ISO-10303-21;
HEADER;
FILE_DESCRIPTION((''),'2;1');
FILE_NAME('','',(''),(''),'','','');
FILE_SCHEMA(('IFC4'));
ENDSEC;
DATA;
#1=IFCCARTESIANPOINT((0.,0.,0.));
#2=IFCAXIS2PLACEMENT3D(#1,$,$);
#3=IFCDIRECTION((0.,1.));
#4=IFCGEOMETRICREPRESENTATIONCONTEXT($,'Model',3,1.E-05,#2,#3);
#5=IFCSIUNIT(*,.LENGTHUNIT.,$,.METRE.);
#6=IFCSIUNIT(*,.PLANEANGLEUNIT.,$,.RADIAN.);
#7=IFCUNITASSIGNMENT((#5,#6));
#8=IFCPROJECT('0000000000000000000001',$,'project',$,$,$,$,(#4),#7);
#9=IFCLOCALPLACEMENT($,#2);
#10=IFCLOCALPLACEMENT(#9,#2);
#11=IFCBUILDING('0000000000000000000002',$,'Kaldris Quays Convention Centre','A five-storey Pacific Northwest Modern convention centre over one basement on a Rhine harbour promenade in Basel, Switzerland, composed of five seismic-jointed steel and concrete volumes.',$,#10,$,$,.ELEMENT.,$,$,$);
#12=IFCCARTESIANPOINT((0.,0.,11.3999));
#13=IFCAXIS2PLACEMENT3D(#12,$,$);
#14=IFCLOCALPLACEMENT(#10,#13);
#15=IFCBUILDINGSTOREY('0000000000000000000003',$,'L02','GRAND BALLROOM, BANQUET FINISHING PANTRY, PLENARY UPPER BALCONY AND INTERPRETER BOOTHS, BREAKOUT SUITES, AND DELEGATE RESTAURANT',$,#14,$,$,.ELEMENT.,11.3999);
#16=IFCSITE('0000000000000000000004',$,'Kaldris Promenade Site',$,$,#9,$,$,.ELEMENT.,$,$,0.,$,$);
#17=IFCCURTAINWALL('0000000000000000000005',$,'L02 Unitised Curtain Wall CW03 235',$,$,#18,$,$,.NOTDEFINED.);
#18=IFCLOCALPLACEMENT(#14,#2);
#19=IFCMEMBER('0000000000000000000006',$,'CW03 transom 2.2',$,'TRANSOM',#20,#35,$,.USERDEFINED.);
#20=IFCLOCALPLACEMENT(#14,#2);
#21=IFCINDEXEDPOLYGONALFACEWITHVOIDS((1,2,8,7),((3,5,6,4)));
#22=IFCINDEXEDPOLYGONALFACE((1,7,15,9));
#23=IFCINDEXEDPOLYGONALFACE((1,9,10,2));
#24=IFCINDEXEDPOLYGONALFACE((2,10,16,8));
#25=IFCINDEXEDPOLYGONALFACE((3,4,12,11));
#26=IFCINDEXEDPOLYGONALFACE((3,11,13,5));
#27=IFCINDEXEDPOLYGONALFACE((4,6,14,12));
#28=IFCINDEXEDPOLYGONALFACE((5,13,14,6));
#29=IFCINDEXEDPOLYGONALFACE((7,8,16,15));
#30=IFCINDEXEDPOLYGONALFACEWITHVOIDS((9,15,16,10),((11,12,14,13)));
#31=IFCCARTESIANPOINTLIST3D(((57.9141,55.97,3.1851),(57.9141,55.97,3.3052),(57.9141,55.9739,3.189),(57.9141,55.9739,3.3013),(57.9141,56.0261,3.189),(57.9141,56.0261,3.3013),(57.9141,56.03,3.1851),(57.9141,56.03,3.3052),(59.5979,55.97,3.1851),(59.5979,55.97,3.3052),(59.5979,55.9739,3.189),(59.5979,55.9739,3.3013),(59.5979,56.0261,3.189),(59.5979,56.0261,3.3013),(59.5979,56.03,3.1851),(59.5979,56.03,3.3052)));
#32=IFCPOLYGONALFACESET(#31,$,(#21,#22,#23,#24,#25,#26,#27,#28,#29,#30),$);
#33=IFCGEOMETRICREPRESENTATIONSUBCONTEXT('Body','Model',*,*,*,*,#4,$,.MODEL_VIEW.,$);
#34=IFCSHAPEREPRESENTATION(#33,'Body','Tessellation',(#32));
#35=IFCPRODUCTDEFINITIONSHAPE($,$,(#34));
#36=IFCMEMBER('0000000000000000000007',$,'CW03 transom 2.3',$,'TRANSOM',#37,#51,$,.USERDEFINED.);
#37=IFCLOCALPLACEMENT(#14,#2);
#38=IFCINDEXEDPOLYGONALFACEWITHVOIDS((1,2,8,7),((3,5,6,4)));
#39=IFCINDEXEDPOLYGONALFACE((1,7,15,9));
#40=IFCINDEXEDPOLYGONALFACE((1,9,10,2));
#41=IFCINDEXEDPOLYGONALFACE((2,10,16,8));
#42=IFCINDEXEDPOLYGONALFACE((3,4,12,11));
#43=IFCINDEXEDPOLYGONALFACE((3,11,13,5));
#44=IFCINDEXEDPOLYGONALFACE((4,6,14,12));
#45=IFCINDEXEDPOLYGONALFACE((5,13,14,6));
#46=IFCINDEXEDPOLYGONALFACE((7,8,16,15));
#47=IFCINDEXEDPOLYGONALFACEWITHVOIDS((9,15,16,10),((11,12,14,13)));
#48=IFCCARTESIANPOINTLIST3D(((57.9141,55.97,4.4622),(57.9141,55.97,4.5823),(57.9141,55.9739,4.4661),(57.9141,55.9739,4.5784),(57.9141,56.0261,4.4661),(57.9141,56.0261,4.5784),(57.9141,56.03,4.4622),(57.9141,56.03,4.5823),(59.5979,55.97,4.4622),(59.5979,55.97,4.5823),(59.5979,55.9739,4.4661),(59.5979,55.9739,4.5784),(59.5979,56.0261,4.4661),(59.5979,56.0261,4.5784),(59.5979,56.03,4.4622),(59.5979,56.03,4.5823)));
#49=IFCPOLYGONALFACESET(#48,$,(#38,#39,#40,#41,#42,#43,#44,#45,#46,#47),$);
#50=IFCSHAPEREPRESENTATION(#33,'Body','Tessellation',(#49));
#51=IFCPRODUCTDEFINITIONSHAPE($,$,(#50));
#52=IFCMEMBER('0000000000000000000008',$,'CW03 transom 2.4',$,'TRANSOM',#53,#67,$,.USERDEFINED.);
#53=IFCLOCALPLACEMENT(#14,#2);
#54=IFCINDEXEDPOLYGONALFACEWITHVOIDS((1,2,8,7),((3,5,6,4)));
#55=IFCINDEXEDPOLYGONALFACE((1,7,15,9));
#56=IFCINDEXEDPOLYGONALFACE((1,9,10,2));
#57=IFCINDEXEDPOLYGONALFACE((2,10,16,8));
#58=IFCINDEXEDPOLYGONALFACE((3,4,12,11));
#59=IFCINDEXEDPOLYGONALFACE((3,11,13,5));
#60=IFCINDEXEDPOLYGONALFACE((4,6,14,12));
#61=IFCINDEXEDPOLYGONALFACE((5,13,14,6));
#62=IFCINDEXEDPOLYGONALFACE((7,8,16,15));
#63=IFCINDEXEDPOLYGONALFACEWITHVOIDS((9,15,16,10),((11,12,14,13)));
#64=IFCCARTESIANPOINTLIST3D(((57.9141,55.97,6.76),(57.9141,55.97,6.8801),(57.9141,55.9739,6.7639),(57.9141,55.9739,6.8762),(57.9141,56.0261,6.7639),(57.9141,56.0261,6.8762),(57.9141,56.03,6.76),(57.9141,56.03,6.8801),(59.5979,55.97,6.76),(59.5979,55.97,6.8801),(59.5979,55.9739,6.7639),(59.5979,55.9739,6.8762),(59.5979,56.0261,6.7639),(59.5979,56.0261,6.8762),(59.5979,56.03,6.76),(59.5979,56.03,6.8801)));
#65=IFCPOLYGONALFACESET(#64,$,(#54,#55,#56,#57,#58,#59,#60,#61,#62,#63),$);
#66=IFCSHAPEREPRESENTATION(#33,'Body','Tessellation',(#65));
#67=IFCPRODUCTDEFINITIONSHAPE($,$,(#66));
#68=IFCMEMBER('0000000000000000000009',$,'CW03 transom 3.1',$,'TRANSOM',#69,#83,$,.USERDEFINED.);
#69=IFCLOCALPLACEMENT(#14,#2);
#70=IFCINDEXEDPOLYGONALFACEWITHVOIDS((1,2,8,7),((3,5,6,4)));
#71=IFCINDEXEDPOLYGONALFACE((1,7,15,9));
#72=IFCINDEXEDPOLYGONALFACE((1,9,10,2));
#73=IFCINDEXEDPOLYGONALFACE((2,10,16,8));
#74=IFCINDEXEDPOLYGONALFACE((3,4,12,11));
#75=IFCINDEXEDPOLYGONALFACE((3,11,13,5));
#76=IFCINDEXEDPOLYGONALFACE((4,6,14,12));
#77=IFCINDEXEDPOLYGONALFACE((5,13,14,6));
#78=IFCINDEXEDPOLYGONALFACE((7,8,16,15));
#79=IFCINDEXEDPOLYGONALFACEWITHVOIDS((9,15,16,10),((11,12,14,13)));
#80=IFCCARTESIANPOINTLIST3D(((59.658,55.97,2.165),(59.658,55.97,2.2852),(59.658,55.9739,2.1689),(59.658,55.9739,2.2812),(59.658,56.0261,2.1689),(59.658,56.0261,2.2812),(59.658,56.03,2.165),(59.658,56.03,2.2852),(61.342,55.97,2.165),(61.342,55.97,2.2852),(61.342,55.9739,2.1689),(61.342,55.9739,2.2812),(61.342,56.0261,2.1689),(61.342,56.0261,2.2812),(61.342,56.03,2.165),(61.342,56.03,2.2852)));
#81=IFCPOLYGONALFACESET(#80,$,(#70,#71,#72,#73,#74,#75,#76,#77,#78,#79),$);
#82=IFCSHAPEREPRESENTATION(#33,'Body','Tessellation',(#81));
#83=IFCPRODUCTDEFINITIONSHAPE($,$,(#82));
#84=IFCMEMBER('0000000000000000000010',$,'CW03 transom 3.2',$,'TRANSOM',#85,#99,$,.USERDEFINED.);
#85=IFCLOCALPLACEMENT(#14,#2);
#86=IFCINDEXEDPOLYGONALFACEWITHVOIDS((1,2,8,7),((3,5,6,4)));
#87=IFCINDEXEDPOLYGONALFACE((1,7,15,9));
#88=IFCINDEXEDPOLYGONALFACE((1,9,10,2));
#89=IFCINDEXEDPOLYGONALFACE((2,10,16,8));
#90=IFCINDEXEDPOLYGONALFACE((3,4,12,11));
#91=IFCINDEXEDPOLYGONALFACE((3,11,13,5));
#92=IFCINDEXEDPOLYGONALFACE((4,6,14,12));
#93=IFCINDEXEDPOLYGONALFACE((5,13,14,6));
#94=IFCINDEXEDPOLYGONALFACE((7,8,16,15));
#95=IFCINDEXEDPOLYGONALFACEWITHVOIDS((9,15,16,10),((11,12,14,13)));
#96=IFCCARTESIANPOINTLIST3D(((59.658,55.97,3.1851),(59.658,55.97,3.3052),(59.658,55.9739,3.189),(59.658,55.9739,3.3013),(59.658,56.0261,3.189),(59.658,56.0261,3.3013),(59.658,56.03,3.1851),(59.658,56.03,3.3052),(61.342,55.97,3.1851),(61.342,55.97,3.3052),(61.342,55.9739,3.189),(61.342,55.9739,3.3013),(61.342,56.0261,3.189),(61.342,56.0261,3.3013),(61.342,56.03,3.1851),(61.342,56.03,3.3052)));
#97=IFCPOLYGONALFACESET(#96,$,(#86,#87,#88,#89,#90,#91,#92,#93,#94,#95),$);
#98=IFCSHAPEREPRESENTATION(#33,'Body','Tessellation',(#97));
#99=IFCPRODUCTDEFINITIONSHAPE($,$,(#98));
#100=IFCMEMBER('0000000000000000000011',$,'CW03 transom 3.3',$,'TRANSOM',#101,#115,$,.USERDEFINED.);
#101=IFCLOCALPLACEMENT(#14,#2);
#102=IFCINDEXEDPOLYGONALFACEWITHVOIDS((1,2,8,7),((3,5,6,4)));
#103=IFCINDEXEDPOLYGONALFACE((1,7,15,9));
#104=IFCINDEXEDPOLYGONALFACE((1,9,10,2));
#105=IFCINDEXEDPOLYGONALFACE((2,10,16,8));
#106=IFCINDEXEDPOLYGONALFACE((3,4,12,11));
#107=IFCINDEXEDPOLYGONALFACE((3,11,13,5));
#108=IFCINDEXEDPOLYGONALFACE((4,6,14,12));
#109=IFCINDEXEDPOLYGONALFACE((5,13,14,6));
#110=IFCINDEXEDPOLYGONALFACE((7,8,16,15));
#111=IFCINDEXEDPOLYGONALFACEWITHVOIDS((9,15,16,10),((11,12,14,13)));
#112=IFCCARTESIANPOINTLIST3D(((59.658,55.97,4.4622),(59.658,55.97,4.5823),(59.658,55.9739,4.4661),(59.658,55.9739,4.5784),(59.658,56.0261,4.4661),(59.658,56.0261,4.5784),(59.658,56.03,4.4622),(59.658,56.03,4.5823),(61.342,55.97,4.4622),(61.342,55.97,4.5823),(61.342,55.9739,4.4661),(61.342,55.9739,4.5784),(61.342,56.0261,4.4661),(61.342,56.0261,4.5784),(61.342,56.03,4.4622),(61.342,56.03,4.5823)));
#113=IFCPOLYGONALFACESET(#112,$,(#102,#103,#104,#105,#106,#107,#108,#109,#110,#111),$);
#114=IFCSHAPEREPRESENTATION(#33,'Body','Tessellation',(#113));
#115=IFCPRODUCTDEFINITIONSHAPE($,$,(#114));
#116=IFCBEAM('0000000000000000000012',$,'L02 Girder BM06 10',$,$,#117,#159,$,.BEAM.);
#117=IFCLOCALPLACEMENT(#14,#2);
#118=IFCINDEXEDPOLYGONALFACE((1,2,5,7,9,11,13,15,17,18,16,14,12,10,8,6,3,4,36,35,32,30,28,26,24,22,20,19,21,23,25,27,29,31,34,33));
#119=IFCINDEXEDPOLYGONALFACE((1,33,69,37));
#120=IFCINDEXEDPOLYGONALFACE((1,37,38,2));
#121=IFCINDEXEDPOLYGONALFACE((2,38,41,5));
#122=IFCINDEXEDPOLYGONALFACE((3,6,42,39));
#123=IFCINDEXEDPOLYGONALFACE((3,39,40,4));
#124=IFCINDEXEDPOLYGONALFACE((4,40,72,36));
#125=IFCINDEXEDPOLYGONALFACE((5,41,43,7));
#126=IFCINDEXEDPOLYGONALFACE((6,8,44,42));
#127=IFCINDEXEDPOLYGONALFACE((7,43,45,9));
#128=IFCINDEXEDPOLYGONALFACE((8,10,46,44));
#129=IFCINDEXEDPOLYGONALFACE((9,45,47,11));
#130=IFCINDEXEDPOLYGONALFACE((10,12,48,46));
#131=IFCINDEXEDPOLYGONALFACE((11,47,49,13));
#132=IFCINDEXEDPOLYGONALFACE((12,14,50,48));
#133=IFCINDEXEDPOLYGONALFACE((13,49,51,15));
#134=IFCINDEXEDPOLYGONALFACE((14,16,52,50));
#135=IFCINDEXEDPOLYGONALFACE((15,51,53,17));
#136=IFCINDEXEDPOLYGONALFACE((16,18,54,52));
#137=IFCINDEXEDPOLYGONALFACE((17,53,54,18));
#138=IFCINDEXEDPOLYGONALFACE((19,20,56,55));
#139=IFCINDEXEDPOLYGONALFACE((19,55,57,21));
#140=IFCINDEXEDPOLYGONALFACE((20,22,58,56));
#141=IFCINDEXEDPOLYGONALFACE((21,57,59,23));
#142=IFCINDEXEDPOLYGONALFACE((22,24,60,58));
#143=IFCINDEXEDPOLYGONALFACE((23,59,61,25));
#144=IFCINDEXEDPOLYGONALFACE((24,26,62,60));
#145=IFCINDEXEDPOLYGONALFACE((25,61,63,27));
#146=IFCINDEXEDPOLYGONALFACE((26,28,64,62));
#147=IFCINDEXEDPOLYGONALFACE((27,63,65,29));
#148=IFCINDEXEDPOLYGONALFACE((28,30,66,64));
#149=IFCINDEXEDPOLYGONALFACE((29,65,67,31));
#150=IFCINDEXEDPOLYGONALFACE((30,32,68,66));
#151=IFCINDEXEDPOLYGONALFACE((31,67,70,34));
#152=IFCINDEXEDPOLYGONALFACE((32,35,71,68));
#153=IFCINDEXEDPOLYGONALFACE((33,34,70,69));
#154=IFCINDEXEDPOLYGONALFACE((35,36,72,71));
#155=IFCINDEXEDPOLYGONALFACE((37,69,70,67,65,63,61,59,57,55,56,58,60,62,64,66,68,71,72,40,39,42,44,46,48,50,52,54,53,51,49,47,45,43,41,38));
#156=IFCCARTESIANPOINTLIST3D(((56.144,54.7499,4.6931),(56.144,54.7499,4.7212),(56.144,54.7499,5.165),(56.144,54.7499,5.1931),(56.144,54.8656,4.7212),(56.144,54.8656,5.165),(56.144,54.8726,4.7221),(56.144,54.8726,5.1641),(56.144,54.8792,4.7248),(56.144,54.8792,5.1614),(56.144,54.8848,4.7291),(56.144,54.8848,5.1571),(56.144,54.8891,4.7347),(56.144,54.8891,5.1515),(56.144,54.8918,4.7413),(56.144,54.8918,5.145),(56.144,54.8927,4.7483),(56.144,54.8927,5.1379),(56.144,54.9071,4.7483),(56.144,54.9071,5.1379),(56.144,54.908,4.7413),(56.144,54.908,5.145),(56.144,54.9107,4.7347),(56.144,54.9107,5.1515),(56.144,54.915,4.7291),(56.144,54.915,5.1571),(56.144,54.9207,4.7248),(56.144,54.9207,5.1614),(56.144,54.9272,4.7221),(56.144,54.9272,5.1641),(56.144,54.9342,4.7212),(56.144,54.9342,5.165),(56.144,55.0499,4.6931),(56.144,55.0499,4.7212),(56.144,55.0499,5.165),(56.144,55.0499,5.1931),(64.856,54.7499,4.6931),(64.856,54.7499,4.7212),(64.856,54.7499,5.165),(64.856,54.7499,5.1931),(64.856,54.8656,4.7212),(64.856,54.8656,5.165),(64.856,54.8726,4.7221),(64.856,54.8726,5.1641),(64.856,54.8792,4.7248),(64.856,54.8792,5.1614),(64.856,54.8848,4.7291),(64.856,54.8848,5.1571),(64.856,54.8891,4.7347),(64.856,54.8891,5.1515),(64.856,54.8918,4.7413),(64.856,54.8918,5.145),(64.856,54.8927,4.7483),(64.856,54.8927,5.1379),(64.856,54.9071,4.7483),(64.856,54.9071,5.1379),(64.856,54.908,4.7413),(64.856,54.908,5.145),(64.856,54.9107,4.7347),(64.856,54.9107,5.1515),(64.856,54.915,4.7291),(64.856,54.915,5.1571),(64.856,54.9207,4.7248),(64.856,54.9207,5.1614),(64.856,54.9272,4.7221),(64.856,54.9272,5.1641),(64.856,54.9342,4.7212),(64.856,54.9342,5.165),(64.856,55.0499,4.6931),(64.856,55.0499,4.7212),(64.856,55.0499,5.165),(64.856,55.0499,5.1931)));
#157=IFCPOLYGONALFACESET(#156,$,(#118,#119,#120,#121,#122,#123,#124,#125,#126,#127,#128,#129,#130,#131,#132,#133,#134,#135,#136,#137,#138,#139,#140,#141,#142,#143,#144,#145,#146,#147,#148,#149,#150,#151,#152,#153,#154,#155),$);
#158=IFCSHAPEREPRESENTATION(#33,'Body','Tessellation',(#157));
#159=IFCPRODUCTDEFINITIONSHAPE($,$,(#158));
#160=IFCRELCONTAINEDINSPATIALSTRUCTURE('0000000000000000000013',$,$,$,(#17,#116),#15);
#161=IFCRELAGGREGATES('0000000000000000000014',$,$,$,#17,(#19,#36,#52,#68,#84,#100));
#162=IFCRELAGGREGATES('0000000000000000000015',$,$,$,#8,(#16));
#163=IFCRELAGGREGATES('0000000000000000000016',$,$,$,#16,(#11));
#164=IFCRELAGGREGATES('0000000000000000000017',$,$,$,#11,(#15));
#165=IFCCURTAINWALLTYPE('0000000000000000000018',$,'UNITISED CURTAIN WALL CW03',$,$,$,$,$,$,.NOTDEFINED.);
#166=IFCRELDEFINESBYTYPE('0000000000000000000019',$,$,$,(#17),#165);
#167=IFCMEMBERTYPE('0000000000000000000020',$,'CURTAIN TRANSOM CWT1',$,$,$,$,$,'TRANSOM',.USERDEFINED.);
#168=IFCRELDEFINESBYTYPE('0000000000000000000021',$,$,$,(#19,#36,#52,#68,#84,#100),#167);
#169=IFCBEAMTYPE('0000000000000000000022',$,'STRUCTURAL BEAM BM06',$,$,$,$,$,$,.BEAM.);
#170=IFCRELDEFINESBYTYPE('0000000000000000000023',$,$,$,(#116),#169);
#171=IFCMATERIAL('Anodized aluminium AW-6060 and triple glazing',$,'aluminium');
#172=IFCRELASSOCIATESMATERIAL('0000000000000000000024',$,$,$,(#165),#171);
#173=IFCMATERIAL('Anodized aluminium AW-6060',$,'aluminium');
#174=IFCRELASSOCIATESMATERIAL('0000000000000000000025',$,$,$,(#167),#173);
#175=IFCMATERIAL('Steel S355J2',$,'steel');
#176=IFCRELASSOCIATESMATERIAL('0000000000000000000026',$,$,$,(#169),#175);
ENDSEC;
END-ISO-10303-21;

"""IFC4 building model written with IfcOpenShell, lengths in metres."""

from ifc_helpers import new_model, si_unit, direction, frame, origin, origin_2d, place, context, subcontext, project, spatial, hollow_rectangle, i_section, extrude, material, material_profile, profile_set, type_object, element, aggregate, save


model = new_model("IFC4")

# Units and contexts
model_context = context("Model", 3, precision=1e-05, world=origin(), true_north=direction((0.0, 1.0)))
body_context = subcontext(model_context, "Body", "Model", "MODEL_VIEW")
ifc_project = project(units=[si_unit("LENGTHUNIT", "METRE"), si_unit("PLANEANGLEUNIT", "RADIAN")], contexts=[model_context])

# Site, building, storey
site_placement = place(None, origin())
site = spatial("IfcSite", under=ifc_project, at=site_placement, Name="Kaldris Promenade Site", CompositionType="ELEMENT", RefElevation=0.0)
building_placement = place(site_placement, origin())
building = spatial("IfcBuilding", under=site, at=building_placement, Name="Kaldris Quays Convention Centre", Description="A five-storey Pacific Northwest Modern convention centre over one basement on a Rhine harbour promenade in Basel, Switzerland, composed of five seismic-jointed steel and concrete volumes.", CompositionType="ELEMENT")
storey_placement = place(building_placement, frame((0.0, 0.0, 11.3999)))
storey = spatial("IfcBuildingStorey", under=building, at=storey_placement, Name="L02", Description="GRAND BALLROOM, BANQUET FINISHING PANTRY, PLENARY UPPER BALCONY AND INTERPRETER BOOTHS, BREAKOUT SUITES, AND DELEGATE RESTAURANT", CompositionType="ELEMENT", Elevation=11.3999)

# Shared definitions
ifc_material_1 = material(Name="Steel S355J2", Category="steel")

# Curtain wall, members
ifc_material_2 = material(Name="Anodized aluminium AW-6060 and triple glazing", Category="aluminium")
curtain_wall_type = type_object("IfcCurtainWallType", Name="UNITISED CURTAIN WALL CW03", PredefinedType="NOTDEFINED", material=ifc_material_2)
curtain_wall_placement = place(storey_placement, origin())
curtain_wall = element("IfcCurtainWall", 1, at=curtain_wall_placement, inside=storey, type_object=curtain_wall_type, Name="L02 Unitised Curtain Wall CW03 235", PredefinedType="NOTDEFINED")
ifc_material_3 = material(Name="Anodized aluminium AW-6060", Category="aluminium")
ifc_material_profile_1 = material_profile(ifc_material_3, hollow_rectangle(XDim=0.0601, YDim=0.1201, WallThickness=0.0039, at=origin_2d()), Name="RHS 120x60x4")
ifc_profile_set_1 = profile_set([ifc_material_profile_1], Name="Anodized aluminium AW-6060")
member_type_1 = type_object("IfcMemberType", Name="CURTAIN TRANSOM CWT1", ElementType="TRANSOM", PredefinedType="USERDEFINED", material=ifc_profile_set_1)
member_1_placement = place(storey_placement, frame((57.9141, 56.0, 3.2451), z_axis=(1.0, 0.0, 0.0), x_axis=(0.0, 1.0, 0.0)))
member_1 = element("IfcMember", 2, at=member_1_placement, type_object=member_type_1, Name="CW03 transom 2.2", ObjectType="TRANSOM", PredefinedType="USERDEFINED", context=body_context, shape_type="SweptSolid", body=[
    extrude(hollow_rectangle(XDim=0.0601, YDim=0.1201, WallThickness=0.0039, at=origin_2d()), origin(), (0.0, 0.0, 1.0), 1.6838),
])
member_2_placement = place(storey_placement, frame((57.9141, 56.0, 4.5222), z_axis=(1.0, 0.0, 0.0), x_axis=(0.0, 1.0, 0.0)))
member_2 = element("IfcMember", 3, at=member_2_placement, type_object=member_type_1, Name="CW03 transom 2.3", ObjectType="TRANSOM", PredefinedType="USERDEFINED", context=body_context, shape_type="SweptSolid", body=[
    extrude(hollow_rectangle(XDim=0.0601, YDim=0.1201, WallThickness=0.0039, at=origin_2d()), origin(), (0.0, 0.0, 1.0), 1.6838),
])
member_3_placement = place(storey_placement, frame((57.9141, 56.0, 6.8201), z_axis=(1.0, 0.0, 0.0), x_axis=(0.0, 1.0, 0.0)))
member_3 = element("IfcMember", 4, at=member_3_placement, type_object=member_type_1, Name="CW03 transom 2.4", ObjectType="TRANSOM", PredefinedType="USERDEFINED", context=body_context, shape_type="SweptSolid", body=[
    extrude(hollow_rectangle(XDim=0.0601, YDim=0.1201, WallThickness=0.0039, at=origin_2d()), origin(), (0.0, 0.0, 1.0), 1.6838),
])
member_4_placement = place(storey_placement, frame((59.658, 56.0, 2.2251), z_axis=(1.0, 0.0, 0.0), x_axis=(0.0, 1.0, 0.0)))
member_4 = element("IfcMember", 5, at=member_4_placement, type_object=member_type_1, Name="CW03 transom 3.1", ObjectType="TRANSOM", PredefinedType="USERDEFINED", context=body_context, shape_type="SweptSolid", body=[
    extrude(hollow_rectangle(XDim=0.0601, YDim=0.1201, WallThickness=0.0039, at=origin_2d()), origin(), (0.0, 0.0, 1.0), 1.6841),
])
member_5_placement = place(storey_placement, frame((59.658, 56.0, 3.2451), z_axis=(1.0, 0.0, 0.0), x_axis=(0.0, 1.0, 0.0)))
member_5 = element("IfcMember", 6, at=member_5_placement, type_object=member_type_1, Name="CW03 transom 3.2", ObjectType="TRANSOM", PredefinedType="USERDEFINED", context=body_context, shape_type="SweptSolid", body=[
    extrude(hollow_rectangle(XDim=0.0601, YDim=0.1201, WallThickness=0.0039, at=origin_2d()), origin(), (0.0, 0.0, 1.0), 1.6841),
])
member_6_placement = place(storey_placement, frame((59.658, 56.0, 4.5222), z_axis=(1.0, 0.0, 0.0), x_axis=(0.0, 1.0, 0.0)))
member_6 = element("IfcMember", 7, at=member_6_placement, type_object=member_type_1, Name="CW03 transom 3.3", ObjectType="TRANSOM", PredefinedType="USERDEFINED", context=body_context, shape_type="SweptSolid", body=[
    extrude(hollow_rectangle(XDim=0.0601, YDim=0.1201, WallThickness=0.0039, at=origin_2d()), origin(), (0.0, 0.0, 1.0), 1.6841),
])

# Beam
ifc_material_profile_2 = material_profile(ifc_material_1, i_section(OverallWidth=0.3, OverallDepth=0.5, WebThickness=0.0144, FlangeThickness=0.0281, FilletRadius=0.0271, at=origin_2d()), Name="HEB 500")
ifc_profile_set_2 = profile_set([ifc_material_profile_2], Name="Steel S355J2")
beam_type_1 = type_object("IfcBeamType", Name="STRUCTURAL BEAM BM06", PredefinedType="BEAM", material=ifc_profile_set_2)
for number, where, z_axis, x_axis, name in (
    (8, (56.144, 54.8999, 4.9431), (1.0, 0.0, 0.0), (0.0, 1.0, 0.0), "L02 Girder BM06 10"),
):
    element("IfcBeam", number, at=place(storey_placement, frame(where, z_axis=z_axis, x_axis=x_axis)), inside=storey, type_object=beam_type_1, Name=name, PredefinedType="BEAM", context=body_context, shape_type="SweptSolid", body=[
        extrude(i_section(OverallWidth=0.3, OverallDepth=0.5, WebThickness=0.0144, FlangeThickness=0.0281, FilletRadius=0.0271, at=origin_2d()), origin(), (0.0, 0.0, 1.0), 8.7119),
    ])

aggregate(curtain_wall, [member_1, member_2, member_3, member_4, member_5, member_6])

save(model, "model.ifc")
